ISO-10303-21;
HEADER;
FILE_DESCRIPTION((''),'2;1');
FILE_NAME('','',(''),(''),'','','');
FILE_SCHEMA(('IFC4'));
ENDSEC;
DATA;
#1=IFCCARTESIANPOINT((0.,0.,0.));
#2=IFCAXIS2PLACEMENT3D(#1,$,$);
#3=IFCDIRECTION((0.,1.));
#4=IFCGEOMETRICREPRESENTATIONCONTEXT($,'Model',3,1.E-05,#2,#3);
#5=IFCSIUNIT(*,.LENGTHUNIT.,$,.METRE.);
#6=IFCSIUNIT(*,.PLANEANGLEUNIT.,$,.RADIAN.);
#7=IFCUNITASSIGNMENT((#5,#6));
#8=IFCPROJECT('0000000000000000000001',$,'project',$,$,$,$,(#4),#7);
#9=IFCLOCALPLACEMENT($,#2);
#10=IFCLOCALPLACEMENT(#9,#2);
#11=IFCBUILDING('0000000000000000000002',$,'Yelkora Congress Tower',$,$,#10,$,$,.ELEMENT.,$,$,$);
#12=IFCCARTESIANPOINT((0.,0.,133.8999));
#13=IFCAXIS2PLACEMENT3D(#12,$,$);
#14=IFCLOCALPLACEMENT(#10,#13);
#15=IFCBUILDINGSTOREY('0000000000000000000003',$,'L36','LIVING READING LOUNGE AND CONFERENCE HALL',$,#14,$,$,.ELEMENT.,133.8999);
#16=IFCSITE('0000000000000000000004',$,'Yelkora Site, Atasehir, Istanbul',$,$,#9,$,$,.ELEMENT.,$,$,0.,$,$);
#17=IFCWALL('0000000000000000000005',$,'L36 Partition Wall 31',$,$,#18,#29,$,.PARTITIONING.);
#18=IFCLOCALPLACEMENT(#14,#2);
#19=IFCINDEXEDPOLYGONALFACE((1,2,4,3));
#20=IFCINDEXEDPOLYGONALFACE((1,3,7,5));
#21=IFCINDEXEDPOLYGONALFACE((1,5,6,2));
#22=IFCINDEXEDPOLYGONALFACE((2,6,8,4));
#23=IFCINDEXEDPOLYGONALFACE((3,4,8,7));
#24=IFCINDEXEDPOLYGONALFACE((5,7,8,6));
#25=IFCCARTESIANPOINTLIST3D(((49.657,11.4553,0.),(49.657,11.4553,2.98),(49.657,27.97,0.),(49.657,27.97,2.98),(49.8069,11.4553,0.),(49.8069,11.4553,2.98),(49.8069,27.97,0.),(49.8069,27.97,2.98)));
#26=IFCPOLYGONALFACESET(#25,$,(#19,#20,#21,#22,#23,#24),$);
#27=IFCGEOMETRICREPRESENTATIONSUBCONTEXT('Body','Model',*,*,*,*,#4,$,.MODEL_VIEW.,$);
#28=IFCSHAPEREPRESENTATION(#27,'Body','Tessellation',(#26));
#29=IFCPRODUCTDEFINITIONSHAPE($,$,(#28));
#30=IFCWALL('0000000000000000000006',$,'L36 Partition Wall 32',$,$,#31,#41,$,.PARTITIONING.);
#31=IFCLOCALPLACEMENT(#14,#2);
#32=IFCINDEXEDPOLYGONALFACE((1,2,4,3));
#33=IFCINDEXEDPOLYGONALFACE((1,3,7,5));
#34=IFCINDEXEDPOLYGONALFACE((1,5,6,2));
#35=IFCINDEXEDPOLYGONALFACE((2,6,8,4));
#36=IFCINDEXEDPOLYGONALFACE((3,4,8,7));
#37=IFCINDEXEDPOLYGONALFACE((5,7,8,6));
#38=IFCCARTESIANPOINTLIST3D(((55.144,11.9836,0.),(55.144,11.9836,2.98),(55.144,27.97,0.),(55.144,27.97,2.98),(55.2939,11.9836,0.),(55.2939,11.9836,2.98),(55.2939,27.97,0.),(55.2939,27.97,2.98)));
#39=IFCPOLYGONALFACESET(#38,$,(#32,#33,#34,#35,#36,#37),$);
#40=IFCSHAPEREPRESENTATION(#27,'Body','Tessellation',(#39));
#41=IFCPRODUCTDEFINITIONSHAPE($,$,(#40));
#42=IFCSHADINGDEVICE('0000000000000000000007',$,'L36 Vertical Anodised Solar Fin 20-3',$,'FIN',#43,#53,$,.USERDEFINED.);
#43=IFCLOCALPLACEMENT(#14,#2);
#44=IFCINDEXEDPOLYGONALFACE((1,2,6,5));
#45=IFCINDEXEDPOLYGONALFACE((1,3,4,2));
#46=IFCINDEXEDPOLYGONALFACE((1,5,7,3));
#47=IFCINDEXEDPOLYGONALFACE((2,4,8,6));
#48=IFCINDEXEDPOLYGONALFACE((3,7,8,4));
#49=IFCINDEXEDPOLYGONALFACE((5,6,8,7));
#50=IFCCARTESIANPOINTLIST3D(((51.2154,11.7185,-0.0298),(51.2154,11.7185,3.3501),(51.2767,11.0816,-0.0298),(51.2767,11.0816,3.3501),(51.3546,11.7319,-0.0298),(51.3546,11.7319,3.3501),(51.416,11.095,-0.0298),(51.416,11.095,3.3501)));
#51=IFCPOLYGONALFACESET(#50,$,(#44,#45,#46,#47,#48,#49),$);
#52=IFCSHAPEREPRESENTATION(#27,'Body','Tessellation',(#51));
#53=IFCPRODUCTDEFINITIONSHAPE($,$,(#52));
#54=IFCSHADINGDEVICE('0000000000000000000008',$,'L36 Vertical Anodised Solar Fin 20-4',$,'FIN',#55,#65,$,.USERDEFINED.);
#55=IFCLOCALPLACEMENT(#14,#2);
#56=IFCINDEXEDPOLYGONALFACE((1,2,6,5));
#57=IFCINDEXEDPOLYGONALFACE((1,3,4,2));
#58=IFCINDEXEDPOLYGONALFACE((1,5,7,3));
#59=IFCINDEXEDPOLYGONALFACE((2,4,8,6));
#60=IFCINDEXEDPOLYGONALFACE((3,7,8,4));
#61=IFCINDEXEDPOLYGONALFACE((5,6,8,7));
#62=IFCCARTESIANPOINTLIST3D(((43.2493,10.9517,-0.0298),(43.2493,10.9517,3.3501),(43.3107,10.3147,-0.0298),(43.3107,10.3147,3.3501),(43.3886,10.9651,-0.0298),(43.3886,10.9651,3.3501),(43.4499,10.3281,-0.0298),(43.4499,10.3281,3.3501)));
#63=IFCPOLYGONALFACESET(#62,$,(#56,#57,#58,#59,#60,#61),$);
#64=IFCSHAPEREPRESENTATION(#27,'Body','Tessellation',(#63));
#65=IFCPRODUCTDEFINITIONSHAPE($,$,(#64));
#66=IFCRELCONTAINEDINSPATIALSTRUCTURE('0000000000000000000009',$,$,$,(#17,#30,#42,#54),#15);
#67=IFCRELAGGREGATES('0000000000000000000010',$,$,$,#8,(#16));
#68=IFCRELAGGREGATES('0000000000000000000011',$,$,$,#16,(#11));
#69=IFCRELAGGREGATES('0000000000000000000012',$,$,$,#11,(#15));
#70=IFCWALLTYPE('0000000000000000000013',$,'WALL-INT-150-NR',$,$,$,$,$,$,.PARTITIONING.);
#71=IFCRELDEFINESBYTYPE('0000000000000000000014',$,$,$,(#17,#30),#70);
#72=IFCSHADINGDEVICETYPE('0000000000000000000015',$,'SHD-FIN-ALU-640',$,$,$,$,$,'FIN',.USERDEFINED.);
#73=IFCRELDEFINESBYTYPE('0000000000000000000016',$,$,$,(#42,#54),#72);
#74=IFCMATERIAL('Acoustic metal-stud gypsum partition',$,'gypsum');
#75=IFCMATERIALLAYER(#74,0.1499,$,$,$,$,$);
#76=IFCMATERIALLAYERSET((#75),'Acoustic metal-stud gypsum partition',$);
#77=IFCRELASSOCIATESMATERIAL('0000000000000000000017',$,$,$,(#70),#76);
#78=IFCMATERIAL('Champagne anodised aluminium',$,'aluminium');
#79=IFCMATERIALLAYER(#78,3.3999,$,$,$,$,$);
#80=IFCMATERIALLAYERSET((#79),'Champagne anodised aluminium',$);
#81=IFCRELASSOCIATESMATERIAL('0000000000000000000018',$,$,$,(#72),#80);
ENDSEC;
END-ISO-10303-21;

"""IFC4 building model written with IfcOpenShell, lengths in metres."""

from ifc_helpers import new_model, si_unit, direction, frame, frame_2d, origin, origin_2d, place, context, subcontext, project, spatial, rectangle, extrude, material, layer, layer_set, type_object, element, save


model = new_model("IFC4")

# Units and contexts
model_context = context("Model", 3, precision=1e-05, world=origin(), true_north=direction((0.0, 1.0)))
body_context = subcontext(model_context, "Body", "Model", "MODEL_VIEW")
ifc_project = project(units=[si_unit("LENGTHUNIT", "METRE"), si_unit("PLANEANGLEUNIT", "RADIAN")], contexts=[model_context])

# Site, building, storey
site_placement = place(None, origin())
site = spatial("IfcSite", under=ifc_project, at=site_placement, Name="Yelkora Site, Atasehir, Istanbul", CompositionType="ELEMENT", RefElevation=0.0)
building_placement = place(site_placement, origin())
building = spatial("IfcBuilding", under=site, at=building_placement, Name="Yelkora Congress Tower", CompositionType="ELEMENT")
storey_placement = place(building_placement, frame((0.0, 0.0, 133.8999)))
storey = spatial("IfcBuildingStorey", under=building, at=storey_placement, Name="L36", Description="LIVING READING LOUNGE AND CONFERENCE HALL", CompositionType="ELEMENT", Elevation=133.8999)

# Walls
ifc_material_1 = material(Name="Acoustic metal-stud gypsum partition", Category="gypsum")
ifc_layer_1 = layer(ifc_material_1, 0.1499)
ifc_layer_set_1 = layer_set([ifc_layer_1], Name="Acoustic metal-stud gypsum partition")
wall_type = type_object("IfcWallType", Name="WALL-INT-150-NR", PredefinedType="PARTITIONING", material=ifc_layer_set_1)
wall_1_placement = place(storey_placement, frame((49.7319, 11.4553, 0.0), z_axis=(0.0, 0.0, 1.0), x_axis=(0.0, 1.0, 0.0)))
element("IfcWall", 1, at=wall_1_placement, inside=storey, type_object=wall_type, Name="L36 Partition Wall 31", PredefinedType="PARTITIONING", context=body_context, shape_type="SweptSolid", body=[
    extrude(rectangle(XDim=16.5146, YDim=0.1499, at=frame_2d((8.2573, 0.0))), origin(), (0.0, 0.0, 1.0), 2.98),
])
wall_2_placement = place(storey_placement, frame((55.219, 11.9836, 0.0), z_axis=(0.0, 0.0, 1.0), x_axis=(0.0, 1.0, 0.0)))
element("IfcWall", 2, at=wall_2_placement, inside=storey, type_object=wall_type, Name="L36 Partition Wall 32", PredefinedType="PARTITIONING", context=body_context, shape_type="SweptSolid", body=[
    extrude(rectangle(XDim=15.9863, YDim=0.1499, at=frame_2d((7.9932, 0.0))), origin(), (0.0, 0.0, 1.0), 2.98),
])

# Shading devices
ifc_material_2 = material(Name="Champagne anodised aluminium", Category="aluminium")
ifc_layer_2 = layer(ifc_material_2, 3.3999)
ifc_layer_set_2 = layer_set([ifc_layer_2], Name="Champagne anodised aluminium")
shading_device_type = type_object("IfcShadingDeviceType", Name="SHD-FIN-ALU-640", ElementType="FIN", PredefinedType="USERDEFINED", material=ifc_layer_set_2)
for number, where, z_axis, x_axis, name in (
    (3, (51.3157, 11.4067, -0.0298), (0.0, 0.0, 1.0), (-0.995396, -0.095846, 0.0), "L36 Vertical Anodised Solar Fin 20-3"),
    (4, (43.3496, 10.6399, -0.0298), (0.0, 0.0, 1.0), (-0.995396, -0.095846, 0.0), "L36 Vertical Anodised Solar Fin 20-4"),
):
    element("IfcShadingDevice", number, at=place(storey_placement, frame(where, z_axis=z_axis, x_axis=x_axis)), inside=storey, type_object=shading_device_type, Name=name, ObjectType="FIN", PredefinedType="USERDEFINED", context=body_context, shape_type="SweptSolid", body=[
        extrude(rectangle(XDim=0.1399, YDim=0.6399, at=origin_2d()), origin(), (0.0, 0.0, 1.0), 3.3799),
    ])

save(model, "model.ifc")
